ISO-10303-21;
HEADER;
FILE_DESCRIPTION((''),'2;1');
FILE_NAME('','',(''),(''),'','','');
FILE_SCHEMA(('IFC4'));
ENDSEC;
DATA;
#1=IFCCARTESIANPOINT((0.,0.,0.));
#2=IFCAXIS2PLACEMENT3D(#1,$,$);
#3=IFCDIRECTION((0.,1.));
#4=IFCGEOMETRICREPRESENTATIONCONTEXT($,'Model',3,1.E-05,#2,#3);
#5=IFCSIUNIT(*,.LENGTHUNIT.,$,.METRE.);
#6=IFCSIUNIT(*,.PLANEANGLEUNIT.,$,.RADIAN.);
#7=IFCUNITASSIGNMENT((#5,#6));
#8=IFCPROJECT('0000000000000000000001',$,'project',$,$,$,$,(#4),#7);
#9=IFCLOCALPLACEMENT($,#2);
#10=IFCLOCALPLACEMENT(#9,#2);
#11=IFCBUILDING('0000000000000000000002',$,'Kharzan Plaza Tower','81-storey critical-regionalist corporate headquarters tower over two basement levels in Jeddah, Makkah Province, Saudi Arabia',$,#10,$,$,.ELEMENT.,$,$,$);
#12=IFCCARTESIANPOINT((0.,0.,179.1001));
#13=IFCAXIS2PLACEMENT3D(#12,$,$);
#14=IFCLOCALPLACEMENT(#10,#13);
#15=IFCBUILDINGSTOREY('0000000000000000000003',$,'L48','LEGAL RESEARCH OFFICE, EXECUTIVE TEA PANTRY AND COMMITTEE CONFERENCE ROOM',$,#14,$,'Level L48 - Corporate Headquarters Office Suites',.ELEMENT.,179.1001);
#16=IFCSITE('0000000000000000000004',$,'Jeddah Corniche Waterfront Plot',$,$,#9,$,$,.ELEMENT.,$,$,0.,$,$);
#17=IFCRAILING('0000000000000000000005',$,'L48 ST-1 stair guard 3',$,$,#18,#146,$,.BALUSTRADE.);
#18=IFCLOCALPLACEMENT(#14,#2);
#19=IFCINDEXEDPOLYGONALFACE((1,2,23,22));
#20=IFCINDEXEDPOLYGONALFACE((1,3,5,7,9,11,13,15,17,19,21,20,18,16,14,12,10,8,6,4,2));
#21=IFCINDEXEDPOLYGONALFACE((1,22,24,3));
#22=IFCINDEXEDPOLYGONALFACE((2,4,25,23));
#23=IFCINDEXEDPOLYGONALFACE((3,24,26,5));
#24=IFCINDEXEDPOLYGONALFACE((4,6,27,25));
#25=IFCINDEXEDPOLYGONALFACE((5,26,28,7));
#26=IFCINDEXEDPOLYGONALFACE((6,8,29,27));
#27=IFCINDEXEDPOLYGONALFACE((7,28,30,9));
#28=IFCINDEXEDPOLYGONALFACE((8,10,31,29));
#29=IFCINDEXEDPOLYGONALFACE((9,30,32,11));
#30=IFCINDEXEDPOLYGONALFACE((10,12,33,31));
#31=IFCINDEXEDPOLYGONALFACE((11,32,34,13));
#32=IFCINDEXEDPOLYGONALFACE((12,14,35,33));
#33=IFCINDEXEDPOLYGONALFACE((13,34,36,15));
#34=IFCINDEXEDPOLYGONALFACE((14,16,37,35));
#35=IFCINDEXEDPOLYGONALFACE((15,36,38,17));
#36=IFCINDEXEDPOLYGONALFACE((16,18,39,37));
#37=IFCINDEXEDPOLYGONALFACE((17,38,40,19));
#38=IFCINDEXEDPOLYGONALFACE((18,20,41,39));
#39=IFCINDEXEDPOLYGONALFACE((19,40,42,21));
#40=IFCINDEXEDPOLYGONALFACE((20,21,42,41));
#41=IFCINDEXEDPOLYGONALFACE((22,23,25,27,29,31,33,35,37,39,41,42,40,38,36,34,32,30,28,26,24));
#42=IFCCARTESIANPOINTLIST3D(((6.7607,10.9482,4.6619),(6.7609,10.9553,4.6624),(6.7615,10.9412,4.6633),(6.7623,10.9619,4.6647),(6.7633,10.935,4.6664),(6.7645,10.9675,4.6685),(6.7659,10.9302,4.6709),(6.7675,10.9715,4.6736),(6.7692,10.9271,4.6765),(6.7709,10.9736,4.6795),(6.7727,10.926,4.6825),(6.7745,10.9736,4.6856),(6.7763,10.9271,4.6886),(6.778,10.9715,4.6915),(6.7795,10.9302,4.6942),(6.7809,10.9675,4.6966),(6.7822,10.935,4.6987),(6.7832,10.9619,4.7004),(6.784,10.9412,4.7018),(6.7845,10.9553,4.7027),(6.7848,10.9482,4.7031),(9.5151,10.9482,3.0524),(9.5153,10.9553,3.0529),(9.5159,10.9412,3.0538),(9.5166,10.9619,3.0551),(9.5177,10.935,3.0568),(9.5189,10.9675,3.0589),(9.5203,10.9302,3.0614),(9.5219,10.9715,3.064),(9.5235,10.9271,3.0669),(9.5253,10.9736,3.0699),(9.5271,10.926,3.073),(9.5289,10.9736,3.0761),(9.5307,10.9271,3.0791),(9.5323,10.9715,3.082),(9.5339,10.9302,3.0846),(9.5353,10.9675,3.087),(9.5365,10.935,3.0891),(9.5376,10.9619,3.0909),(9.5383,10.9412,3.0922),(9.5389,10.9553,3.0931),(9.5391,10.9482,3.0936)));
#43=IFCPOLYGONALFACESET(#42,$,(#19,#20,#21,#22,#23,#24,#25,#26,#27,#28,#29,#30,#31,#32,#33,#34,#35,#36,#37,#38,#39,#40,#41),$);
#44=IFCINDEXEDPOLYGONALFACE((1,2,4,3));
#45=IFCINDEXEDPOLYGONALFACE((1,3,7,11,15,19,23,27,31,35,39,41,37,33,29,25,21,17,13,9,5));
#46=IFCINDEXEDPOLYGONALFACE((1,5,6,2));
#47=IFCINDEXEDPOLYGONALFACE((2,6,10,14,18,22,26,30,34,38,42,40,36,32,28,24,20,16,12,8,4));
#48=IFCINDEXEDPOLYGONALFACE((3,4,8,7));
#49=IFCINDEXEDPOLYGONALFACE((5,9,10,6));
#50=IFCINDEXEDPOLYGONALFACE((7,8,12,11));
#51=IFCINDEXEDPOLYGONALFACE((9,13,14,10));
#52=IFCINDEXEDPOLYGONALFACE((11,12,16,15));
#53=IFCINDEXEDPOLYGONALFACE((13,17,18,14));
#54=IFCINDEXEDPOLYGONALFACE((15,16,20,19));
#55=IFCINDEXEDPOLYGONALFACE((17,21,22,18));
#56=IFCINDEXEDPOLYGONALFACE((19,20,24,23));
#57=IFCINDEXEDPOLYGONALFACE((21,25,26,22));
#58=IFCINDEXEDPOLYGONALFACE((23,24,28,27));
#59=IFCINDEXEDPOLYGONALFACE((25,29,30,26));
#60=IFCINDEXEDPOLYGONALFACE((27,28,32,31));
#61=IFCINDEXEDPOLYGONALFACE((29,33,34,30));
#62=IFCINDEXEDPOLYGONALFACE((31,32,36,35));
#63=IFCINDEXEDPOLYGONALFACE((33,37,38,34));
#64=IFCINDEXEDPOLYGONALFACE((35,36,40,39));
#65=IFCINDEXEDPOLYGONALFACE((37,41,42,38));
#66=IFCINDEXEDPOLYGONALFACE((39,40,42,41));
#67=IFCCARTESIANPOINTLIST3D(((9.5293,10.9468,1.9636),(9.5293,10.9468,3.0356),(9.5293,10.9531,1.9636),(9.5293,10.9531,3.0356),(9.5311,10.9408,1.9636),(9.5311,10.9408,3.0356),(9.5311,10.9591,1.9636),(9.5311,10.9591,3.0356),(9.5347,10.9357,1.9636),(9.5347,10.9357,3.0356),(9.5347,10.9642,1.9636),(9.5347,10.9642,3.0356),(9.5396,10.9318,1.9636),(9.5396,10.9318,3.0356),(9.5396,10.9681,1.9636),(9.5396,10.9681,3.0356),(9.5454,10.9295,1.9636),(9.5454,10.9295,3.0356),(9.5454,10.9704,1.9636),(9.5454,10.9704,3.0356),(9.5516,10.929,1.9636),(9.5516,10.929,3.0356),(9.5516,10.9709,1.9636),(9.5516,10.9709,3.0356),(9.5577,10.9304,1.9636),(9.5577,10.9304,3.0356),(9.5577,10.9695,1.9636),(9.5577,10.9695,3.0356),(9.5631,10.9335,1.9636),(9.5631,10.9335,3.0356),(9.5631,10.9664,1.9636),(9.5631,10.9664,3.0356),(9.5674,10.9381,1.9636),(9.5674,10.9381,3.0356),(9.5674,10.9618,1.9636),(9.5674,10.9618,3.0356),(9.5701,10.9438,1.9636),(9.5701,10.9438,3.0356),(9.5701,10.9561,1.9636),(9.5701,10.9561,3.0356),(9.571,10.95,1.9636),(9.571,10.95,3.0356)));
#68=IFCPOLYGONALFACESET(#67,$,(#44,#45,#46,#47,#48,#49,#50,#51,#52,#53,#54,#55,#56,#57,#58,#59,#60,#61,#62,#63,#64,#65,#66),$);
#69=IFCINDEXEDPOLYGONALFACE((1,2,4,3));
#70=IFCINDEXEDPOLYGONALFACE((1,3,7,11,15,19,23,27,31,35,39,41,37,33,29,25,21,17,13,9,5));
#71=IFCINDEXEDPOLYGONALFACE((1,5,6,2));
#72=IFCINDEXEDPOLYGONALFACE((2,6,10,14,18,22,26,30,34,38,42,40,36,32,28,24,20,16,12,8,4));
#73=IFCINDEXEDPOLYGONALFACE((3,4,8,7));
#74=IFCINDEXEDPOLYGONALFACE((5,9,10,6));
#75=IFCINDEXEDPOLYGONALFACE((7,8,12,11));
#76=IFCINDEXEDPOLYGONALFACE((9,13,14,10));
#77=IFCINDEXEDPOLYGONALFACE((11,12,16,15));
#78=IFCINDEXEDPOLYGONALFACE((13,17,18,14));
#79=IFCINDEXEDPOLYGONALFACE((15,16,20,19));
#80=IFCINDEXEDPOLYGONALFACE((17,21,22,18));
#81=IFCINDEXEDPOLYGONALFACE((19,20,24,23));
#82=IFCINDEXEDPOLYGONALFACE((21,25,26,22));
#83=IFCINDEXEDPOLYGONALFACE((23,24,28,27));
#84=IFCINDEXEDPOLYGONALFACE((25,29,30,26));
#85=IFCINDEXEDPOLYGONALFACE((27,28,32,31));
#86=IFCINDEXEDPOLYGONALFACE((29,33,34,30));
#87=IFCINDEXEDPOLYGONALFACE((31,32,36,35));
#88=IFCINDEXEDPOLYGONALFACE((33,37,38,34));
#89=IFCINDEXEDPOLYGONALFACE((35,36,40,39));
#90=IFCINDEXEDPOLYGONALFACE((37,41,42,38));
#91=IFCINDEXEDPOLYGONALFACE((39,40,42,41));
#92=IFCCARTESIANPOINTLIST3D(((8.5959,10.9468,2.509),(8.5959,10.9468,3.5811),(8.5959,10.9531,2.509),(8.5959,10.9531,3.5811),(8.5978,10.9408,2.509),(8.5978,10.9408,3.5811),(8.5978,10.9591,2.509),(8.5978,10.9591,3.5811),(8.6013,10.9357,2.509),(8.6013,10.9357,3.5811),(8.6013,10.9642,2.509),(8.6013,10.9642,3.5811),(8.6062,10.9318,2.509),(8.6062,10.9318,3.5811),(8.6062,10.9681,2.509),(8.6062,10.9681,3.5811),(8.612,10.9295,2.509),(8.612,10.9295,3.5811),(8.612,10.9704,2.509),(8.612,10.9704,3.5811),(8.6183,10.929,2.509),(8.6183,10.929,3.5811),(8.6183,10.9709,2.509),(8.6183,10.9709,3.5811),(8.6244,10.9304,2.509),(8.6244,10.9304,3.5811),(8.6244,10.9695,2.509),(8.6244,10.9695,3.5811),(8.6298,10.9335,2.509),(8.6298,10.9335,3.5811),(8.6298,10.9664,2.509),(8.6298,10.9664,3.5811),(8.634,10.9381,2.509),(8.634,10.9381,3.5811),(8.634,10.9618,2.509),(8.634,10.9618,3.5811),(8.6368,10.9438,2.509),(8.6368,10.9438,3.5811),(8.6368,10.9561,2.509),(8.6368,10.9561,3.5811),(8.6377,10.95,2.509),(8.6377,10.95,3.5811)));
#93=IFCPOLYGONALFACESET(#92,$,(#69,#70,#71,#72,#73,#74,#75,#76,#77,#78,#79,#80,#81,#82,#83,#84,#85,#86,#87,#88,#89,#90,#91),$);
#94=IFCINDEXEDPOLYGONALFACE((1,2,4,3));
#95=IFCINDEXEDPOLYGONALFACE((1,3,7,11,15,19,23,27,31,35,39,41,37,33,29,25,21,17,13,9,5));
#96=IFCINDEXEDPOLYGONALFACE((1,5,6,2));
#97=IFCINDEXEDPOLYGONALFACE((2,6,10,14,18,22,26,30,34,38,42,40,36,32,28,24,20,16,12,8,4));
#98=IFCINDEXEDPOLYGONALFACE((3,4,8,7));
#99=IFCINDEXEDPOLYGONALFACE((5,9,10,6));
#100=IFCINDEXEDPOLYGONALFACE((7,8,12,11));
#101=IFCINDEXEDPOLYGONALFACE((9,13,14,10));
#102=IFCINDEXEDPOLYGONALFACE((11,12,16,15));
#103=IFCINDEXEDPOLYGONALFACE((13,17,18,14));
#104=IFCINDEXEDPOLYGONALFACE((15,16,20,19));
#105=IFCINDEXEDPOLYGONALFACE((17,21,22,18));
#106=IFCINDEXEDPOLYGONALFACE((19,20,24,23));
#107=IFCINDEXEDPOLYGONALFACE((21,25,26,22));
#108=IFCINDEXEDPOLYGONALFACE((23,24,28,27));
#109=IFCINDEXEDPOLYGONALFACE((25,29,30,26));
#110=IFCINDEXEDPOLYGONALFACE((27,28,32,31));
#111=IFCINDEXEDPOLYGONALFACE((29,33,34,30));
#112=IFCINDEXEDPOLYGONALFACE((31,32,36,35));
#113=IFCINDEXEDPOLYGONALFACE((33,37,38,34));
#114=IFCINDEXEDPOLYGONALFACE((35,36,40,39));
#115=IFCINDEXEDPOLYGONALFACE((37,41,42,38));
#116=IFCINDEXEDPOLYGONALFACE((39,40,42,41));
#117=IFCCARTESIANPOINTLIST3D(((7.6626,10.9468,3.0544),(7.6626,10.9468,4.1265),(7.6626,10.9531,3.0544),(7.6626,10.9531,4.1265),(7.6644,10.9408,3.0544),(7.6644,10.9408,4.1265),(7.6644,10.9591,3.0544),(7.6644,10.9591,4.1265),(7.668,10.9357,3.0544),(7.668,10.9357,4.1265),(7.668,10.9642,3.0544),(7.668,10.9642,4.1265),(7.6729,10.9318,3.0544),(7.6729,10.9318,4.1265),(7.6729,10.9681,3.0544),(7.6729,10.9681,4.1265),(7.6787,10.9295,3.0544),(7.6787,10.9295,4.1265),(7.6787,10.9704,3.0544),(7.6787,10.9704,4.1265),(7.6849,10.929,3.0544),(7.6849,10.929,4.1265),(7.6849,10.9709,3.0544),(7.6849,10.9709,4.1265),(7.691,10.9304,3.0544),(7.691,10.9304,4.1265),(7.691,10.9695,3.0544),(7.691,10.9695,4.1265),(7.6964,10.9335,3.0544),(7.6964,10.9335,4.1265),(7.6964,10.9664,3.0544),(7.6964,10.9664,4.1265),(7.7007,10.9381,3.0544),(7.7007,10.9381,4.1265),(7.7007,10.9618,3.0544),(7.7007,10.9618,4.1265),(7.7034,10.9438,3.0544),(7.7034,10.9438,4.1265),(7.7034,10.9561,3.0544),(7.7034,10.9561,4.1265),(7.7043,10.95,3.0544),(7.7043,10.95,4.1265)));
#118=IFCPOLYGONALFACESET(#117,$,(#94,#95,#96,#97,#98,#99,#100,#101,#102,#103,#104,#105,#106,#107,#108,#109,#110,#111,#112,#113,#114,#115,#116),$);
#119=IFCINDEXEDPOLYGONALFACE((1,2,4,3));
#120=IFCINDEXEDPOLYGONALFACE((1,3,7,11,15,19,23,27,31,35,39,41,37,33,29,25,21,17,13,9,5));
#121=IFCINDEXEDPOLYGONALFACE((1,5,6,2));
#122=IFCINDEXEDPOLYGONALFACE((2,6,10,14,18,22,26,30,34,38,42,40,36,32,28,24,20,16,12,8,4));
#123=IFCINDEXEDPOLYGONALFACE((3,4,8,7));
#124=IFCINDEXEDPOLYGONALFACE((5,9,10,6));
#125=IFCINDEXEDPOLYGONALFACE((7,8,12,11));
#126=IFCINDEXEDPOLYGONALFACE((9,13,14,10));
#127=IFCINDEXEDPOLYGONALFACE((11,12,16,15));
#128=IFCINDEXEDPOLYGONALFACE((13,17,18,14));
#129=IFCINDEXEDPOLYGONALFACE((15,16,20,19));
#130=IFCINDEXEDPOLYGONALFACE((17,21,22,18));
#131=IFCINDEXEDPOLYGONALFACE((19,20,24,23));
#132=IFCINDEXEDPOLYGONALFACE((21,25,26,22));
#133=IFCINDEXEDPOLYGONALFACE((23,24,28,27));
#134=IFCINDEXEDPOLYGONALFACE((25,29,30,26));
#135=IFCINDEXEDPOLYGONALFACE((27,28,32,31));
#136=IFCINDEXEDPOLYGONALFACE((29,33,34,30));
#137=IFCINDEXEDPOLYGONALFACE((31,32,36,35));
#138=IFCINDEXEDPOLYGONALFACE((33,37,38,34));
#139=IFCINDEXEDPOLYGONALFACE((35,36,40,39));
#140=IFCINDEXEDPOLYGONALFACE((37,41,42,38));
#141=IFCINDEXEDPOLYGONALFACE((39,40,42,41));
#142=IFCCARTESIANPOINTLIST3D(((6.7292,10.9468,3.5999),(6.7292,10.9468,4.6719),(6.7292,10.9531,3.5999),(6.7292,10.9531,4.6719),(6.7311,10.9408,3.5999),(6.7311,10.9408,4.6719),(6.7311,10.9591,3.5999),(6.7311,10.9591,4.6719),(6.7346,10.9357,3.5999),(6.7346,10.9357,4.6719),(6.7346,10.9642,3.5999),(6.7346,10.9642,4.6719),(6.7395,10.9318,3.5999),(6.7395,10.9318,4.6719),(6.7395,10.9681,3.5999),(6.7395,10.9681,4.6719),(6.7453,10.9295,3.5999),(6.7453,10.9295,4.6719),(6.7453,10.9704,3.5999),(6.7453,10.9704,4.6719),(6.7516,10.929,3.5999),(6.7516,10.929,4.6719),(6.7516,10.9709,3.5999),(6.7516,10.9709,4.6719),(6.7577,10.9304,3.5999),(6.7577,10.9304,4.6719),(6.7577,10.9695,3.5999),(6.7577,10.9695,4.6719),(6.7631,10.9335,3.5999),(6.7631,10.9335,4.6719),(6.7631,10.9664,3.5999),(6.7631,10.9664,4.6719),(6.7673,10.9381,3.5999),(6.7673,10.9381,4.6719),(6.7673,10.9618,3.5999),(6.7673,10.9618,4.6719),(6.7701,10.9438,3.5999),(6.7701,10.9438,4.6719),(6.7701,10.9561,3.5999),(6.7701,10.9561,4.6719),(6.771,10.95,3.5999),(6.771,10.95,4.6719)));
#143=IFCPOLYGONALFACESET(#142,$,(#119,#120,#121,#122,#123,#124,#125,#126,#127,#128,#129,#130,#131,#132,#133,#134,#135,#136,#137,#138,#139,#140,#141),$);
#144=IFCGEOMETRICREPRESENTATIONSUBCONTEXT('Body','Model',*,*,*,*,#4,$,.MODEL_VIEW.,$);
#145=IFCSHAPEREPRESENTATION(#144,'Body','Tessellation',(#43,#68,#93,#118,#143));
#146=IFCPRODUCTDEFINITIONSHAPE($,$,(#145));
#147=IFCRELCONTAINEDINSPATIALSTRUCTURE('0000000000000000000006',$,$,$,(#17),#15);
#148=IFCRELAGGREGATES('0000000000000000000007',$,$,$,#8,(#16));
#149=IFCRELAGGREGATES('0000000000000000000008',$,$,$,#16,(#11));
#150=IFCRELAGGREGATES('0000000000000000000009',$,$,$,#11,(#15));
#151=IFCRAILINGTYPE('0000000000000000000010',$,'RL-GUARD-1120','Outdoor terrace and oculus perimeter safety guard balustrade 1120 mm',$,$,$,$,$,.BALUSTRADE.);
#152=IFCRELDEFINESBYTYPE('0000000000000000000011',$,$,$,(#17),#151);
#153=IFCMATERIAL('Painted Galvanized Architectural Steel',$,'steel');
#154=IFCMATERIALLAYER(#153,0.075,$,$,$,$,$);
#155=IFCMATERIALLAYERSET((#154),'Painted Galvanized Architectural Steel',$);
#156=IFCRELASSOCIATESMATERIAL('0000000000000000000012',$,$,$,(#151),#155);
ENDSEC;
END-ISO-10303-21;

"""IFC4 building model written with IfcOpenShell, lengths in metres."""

from ifc_helpers import new_model, si_unit, direction, frame, origin, origin_2d, place, context, subcontext, project, spatial, circle, extrude, source, transform, mapped, material, layer, layer_set, type_object, element, save


model = new_model("IFC4")

# Units and contexts
model_context = context("Model", 3, precision=1e-05, world=origin(), true_north=direction((0.0, 1.0)))
body_context = subcontext(model_context, "Body", "Model", "MODEL_VIEW")
ifc_project = project(units=[si_unit("LENGTHUNIT", "METRE"), si_unit("PLANEANGLEUNIT", "RADIAN")], contexts=[model_context])

# Site, building, storey
site_placement = place(None, origin())
site = spatial("IfcSite", under=ifc_project, at=site_placement, Name="Jeddah Corniche Waterfront Plot", CompositionType="ELEMENT", RefElevation=0.0)
building_placement = place(site_placement, origin())
building = spatial("IfcBuilding", under=site, at=building_placement, Name="Kharzan Plaza Tower", Description="81-storey critical-regionalist corporate headquarters tower over two basement levels in Jeddah, Makkah Province, Saudi Arabia", CompositionType="ELEMENT")
storey_placement = place(building_placement, frame((0.0, 0.0, 179.1001)))
storey = spatial("IfcBuildingStorey", under=building, at=storey_placement, Name="L48", Description="LEGAL RESEARCH OFFICE, EXECUTIVE TEA PANTRY AND COMMITTEE CONFERENCE ROOM", LongName="Level L48 - Corporate Headquarters Office Suites", CompositionType="ELEMENT", Elevation=179.1001)

# Railing
ifc_material_1 = material(Name="Painted Galvanized Architectural Steel", Category="steel")
ifc_layer_1 = layer(ifc_material_1, 0.075)
ifc_layer_set_1 = layer_set([ifc_layer_1], Name="Painted Galvanized Architectural Steel")
railing_type_1 = type_object("IfcRailingType", Name="RL-GUARD-1120", Description="Outdoor terrace and oculus perimeter safety guard balustrade 1120 mm", PredefinedType="BALUSTRADE", material=ifc_layer_set_1)
shared_shape_1 = source(origin(), body_context, "Body", "SweptSolid", [
    extrude(circle(Radius=0.0239, at=origin_2d()), frame((-0.0229, 0.0, 1.1094), z_axis=(-0.863394, 0.0, 0.504531), x_axis=(0.0, -1.0, 0.0)), (0.0, 0.0, 1.0), 3.1902),
    extrude(circle(Radius=0.021, at=origin_2d()), origin(), (0.0, 0.0, 1.0), 1.072),
    extrude(circle(Radius=0.021, at=origin_2d()), frame((-0.9333, 0.0, 0.5454)), (0.0, 0.0, 1.0), 1.072),
    extrude(circle(Radius=0.021, at=origin_2d()), frame((-1.8667, 0.0, 1.0908)), (0.0, 0.0, 1.0), 1.072),
    extrude(circle(Radius=0.021, at=origin_2d()), frame((-2.8, 0.0, 1.6362)), (0.0, 0.0, 1.0), 1.072),
])
railing_1_placement = place(storey_placement, frame((9.55, 10.95, 1.9636)))
element("IfcRailing", 1, at=railing_1_placement, inside=storey, type_object=railing_type_1, Name="L48 ST-1 stair guard 3", PredefinedType="BALUSTRADE", context=body_context, shape_type="MappedRepresentation", body=[
    mapped(shared_shape_1, transform((0.0, 0.0, 0.0), x_axis=(1.0, 0.0, 0.0), y_axis=(0.0, 1.0, 0.0), z_axis=(0.0, 0.0, 1.0))),
])

save(model, "model.ifc")
